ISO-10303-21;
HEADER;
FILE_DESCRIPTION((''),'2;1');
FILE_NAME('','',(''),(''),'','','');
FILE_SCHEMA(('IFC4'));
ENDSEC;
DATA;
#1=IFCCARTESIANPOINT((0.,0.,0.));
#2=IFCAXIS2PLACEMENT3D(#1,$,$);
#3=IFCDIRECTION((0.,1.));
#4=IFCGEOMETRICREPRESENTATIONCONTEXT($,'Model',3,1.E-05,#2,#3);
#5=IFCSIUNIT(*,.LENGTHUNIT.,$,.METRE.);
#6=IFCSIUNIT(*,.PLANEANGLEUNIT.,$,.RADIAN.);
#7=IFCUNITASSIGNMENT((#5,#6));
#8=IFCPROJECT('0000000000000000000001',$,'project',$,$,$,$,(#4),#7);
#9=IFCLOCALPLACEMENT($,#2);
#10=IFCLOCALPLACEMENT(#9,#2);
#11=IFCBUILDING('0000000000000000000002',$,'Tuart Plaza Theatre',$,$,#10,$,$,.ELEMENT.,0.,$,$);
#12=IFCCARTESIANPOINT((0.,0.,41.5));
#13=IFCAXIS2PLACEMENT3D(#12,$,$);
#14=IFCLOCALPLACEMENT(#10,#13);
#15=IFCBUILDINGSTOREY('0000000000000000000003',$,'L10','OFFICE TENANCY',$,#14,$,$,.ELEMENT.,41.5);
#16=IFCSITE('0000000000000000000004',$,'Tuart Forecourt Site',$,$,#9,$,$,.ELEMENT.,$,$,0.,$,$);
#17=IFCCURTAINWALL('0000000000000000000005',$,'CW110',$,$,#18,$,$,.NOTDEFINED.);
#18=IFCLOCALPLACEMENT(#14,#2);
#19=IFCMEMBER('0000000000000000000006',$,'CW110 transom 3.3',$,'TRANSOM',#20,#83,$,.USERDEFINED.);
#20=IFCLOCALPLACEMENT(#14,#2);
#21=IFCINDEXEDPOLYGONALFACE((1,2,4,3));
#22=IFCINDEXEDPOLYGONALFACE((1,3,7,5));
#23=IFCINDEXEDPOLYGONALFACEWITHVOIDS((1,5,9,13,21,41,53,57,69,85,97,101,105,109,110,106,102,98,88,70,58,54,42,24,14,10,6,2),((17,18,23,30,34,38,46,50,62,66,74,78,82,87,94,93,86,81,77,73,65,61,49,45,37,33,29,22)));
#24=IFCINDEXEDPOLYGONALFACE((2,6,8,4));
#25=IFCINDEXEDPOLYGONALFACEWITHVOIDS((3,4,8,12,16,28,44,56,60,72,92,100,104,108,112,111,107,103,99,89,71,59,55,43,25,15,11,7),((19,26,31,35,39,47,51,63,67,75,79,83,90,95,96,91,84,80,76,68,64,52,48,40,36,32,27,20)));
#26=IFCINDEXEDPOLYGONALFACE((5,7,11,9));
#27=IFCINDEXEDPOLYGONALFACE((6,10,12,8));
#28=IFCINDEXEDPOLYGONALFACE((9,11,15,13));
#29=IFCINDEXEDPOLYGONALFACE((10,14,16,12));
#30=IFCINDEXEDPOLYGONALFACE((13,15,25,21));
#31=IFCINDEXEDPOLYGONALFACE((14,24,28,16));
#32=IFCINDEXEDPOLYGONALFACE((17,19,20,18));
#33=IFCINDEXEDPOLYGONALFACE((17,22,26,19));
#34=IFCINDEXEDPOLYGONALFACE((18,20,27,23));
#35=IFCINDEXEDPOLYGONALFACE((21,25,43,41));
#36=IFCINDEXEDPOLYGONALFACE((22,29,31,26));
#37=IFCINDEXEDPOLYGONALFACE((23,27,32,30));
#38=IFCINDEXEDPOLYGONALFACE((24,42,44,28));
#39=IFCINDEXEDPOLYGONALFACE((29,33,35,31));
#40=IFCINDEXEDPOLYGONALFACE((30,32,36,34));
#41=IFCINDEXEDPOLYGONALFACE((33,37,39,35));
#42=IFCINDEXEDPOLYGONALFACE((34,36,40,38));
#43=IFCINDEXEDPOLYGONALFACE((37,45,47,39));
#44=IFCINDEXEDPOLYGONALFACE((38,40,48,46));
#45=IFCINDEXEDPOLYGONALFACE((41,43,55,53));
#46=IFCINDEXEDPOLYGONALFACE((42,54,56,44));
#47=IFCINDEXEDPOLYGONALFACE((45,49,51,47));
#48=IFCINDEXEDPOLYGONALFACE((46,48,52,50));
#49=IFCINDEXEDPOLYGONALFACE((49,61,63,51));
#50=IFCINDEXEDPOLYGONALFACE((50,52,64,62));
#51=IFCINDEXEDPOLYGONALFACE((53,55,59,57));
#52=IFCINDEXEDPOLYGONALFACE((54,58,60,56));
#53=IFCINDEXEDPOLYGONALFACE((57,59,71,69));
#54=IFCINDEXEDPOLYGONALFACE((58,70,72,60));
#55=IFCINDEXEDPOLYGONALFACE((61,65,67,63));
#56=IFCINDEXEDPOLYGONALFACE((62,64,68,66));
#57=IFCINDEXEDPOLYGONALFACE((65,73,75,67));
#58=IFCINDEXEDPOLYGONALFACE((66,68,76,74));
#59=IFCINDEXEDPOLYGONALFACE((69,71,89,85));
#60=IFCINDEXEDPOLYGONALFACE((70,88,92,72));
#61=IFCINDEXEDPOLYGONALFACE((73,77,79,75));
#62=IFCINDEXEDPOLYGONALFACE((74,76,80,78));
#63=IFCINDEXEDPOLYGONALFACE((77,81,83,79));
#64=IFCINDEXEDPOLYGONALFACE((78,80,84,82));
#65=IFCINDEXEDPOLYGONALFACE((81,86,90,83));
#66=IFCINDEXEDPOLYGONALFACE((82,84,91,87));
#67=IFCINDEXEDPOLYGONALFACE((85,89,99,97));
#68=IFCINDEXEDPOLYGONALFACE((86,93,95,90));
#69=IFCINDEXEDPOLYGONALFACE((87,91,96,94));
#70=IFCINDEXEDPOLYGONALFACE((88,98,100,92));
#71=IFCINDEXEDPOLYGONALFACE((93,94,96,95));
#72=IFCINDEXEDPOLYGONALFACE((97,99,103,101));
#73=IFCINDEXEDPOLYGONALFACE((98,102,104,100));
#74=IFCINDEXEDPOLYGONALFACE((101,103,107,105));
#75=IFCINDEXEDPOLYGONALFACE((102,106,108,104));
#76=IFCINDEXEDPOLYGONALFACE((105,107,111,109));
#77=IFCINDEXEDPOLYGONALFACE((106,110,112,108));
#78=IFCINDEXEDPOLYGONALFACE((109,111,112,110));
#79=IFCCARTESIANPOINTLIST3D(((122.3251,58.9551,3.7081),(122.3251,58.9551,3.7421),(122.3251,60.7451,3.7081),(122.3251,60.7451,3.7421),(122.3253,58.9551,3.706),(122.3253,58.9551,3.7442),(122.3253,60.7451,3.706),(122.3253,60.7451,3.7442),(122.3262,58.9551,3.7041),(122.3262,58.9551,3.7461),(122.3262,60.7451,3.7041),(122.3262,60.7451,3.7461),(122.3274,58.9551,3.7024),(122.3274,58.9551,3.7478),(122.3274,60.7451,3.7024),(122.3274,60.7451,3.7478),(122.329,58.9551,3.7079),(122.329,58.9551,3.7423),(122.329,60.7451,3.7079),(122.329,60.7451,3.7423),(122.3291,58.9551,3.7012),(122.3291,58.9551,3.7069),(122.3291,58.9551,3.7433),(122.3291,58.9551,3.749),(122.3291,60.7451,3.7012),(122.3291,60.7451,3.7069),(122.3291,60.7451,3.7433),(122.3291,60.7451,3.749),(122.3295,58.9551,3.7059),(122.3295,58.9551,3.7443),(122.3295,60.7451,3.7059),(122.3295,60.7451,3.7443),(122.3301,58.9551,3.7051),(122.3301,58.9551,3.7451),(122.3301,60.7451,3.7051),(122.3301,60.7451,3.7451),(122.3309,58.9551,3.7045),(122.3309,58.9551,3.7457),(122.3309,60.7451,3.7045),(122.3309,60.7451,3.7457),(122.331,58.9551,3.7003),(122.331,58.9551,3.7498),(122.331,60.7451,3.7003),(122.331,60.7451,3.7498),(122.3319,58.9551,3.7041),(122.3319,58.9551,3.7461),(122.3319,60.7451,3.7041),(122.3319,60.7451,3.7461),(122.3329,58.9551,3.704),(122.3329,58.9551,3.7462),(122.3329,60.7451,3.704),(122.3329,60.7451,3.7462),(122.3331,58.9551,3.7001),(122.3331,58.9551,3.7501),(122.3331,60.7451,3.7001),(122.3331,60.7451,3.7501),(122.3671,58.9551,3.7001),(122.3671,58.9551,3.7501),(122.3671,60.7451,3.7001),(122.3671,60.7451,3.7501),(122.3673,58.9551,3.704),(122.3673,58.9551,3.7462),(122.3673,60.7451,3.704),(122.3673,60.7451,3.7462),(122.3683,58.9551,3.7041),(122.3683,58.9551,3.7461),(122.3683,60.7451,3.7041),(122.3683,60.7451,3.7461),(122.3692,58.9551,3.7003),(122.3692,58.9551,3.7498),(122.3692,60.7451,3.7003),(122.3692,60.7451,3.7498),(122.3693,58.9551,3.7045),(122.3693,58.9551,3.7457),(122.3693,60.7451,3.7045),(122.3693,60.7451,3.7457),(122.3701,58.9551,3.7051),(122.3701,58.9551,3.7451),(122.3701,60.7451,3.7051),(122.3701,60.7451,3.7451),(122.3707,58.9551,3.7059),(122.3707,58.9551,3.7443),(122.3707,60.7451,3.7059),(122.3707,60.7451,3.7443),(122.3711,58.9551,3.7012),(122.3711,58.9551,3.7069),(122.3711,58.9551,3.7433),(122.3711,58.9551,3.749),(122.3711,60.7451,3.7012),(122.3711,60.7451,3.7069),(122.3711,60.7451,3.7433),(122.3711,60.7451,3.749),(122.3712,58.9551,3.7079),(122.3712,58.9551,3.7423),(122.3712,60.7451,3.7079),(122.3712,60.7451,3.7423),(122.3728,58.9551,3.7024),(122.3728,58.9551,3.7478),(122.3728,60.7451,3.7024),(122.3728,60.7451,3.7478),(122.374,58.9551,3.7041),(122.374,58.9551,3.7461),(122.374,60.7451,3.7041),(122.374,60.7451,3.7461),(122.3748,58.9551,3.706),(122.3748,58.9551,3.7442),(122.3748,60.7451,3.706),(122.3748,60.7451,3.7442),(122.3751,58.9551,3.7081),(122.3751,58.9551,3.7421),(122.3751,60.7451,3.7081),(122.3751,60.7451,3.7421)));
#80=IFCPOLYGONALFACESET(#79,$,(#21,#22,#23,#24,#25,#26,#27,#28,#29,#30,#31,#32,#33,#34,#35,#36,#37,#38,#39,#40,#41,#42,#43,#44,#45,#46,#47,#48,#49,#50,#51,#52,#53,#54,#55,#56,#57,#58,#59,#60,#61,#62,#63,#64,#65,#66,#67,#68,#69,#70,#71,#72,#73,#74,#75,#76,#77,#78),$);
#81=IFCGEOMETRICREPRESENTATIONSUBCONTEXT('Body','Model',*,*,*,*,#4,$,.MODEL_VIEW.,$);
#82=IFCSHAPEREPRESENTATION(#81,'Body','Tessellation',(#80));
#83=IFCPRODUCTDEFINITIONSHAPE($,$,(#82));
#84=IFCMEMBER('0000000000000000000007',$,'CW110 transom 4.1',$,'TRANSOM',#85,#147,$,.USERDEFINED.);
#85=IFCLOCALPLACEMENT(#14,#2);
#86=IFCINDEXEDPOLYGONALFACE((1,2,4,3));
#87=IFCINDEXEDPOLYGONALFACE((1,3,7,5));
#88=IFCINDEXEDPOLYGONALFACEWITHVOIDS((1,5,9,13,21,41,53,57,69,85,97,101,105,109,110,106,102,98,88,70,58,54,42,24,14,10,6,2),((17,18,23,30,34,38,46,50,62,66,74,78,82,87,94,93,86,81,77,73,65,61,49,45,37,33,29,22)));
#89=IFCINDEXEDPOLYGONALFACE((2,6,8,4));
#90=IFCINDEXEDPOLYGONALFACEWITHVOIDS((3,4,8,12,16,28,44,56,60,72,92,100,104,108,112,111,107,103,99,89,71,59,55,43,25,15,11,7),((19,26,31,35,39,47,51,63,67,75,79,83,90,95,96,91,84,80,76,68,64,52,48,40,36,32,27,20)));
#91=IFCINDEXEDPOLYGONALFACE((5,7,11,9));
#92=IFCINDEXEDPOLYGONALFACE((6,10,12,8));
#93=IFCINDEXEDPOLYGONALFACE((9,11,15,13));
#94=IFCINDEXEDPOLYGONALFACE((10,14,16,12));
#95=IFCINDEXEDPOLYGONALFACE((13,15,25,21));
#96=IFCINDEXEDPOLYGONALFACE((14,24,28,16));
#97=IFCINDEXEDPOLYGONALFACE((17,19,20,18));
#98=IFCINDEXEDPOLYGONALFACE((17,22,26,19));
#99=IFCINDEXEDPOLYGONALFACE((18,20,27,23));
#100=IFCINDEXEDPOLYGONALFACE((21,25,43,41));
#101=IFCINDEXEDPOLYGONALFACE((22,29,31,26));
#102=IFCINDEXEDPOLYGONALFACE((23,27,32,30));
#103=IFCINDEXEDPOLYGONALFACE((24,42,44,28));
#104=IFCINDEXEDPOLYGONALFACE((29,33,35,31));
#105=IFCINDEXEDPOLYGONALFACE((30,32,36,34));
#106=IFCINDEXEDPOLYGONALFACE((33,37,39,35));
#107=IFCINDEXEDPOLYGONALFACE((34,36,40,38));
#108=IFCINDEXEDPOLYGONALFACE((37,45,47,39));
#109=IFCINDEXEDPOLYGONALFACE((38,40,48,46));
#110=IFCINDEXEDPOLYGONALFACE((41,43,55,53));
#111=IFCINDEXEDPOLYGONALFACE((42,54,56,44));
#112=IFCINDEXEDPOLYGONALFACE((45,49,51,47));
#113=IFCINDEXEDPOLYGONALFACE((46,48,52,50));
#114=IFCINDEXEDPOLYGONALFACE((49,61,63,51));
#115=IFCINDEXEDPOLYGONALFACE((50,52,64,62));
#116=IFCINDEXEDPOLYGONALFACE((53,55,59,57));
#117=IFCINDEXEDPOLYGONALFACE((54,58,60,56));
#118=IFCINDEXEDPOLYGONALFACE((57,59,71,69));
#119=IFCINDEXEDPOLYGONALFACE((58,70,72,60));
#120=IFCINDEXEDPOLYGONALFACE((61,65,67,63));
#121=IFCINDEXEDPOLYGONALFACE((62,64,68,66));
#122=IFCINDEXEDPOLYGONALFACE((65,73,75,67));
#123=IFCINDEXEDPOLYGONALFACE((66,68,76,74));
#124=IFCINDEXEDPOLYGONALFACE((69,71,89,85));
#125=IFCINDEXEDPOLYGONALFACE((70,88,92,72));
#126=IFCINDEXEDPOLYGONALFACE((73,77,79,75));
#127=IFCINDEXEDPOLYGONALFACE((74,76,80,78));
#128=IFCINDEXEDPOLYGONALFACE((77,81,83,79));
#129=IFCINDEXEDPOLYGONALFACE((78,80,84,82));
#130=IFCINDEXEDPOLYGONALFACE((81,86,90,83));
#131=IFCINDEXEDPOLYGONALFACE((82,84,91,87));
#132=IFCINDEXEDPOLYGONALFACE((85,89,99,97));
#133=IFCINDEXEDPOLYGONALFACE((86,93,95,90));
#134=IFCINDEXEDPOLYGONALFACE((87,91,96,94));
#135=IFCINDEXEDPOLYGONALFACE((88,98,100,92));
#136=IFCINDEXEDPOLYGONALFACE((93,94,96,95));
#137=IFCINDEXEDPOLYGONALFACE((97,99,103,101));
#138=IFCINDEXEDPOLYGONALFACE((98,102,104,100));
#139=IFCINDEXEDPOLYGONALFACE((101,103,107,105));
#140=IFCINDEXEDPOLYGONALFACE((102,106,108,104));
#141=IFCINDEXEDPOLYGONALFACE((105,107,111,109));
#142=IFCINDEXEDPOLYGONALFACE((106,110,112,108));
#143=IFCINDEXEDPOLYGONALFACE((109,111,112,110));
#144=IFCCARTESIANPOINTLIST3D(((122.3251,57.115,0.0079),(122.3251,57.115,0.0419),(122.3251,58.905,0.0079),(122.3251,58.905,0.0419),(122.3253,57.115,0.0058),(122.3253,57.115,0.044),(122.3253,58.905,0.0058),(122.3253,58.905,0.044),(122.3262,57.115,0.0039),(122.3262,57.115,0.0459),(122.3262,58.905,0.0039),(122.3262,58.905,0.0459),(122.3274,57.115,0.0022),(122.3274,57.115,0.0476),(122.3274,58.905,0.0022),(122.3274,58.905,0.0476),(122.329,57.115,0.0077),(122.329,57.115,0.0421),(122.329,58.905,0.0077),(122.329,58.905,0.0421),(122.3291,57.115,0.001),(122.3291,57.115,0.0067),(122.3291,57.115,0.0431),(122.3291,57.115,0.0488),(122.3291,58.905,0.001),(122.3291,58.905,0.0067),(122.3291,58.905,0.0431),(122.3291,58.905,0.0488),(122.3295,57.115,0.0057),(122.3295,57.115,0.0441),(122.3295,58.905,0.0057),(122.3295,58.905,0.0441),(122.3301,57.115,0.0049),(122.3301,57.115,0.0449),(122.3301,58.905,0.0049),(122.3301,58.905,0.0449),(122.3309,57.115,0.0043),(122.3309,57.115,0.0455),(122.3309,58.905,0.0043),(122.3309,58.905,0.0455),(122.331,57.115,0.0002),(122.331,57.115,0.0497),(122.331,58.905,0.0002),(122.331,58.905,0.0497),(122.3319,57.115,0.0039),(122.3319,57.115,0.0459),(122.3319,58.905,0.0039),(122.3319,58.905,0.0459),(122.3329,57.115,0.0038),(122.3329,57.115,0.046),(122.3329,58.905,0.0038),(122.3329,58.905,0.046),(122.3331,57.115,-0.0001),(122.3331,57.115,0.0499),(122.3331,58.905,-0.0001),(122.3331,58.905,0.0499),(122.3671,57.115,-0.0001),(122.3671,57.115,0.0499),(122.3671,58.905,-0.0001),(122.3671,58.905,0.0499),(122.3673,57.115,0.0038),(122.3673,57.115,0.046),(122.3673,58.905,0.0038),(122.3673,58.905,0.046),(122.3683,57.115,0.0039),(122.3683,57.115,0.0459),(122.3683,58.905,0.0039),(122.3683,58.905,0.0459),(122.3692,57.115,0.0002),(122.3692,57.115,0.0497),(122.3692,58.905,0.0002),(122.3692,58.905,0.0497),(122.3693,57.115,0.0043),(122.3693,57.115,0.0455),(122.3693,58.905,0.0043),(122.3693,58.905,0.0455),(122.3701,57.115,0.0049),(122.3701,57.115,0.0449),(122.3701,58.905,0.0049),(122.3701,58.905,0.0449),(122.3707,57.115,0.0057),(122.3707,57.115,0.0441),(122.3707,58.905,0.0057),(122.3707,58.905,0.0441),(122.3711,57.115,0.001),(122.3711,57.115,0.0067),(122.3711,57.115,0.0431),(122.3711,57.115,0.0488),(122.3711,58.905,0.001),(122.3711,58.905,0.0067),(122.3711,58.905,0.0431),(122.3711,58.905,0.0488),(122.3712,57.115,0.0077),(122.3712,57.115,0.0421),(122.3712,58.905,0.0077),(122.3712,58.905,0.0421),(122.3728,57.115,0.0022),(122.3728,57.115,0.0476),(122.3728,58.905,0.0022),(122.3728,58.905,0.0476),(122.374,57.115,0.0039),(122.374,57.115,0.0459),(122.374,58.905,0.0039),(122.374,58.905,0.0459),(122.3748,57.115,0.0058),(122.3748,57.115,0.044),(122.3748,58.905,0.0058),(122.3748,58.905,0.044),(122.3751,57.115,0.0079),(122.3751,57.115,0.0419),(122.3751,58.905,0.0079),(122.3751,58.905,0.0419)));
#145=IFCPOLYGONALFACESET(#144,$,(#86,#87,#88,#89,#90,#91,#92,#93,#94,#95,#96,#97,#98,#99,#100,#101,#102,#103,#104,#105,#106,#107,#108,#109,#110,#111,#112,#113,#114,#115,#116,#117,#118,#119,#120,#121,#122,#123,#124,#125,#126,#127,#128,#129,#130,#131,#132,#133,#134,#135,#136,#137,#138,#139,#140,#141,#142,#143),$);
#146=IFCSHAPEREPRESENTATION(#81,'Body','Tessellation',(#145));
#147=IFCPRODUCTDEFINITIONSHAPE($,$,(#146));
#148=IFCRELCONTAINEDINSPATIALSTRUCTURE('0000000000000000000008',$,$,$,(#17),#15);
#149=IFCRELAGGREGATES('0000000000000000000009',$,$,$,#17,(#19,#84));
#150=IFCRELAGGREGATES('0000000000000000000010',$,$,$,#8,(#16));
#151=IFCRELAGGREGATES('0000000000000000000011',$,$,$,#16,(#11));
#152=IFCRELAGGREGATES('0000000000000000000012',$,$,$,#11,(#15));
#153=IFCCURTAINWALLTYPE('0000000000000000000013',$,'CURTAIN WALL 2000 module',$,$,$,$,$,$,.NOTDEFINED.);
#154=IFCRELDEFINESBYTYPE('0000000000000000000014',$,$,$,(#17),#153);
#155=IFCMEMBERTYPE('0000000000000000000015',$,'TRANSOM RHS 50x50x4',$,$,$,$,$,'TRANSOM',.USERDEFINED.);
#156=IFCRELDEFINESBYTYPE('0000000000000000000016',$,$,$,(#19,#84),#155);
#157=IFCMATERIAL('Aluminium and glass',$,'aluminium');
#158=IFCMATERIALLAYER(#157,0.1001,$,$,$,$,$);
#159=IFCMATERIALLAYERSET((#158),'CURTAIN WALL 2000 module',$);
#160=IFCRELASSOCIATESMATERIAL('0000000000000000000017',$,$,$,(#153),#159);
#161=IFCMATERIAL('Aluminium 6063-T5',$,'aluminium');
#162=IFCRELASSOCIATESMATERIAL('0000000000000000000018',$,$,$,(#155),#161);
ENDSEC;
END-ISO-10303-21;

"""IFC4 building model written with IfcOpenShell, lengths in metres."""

from ifc_helpers import new_model, si_unit, direction, frame, origin, origin_2d, place, context, subcontext, project, spatial, hollow_rectangle, extrude, material, layer, layer_set, material_profile, profile_set, type_object, element, aggregate, save


model = new_model("IFC4")

# Units and contexts
model_context = context("Model", 3, precision=1e-05, world=origin(), true_north=direction((0.0, 1.0)))
body_context = subcontext(model_context, "Body", "Model", "MODEL_VIEW")
ifc_project = project(units=[si_unit("LENGTHUNIT", "METRE"), si_unit("PLANEANGLEUNIT", "RADIAN")], contexts=[model_context])

# Site, building, storey
site_placement = place(None, origin())
site = spatial("IfcSite", under=ifc_project, at=site_placement, Name="Tuart Forecourt Site", CompositionType="ELEMENT", RefElevation=0.0)
building_placement = place(site_placement, origin())
building = spatial("IfcBuilding", under=site, at=building_placement, Name="Tuart Plaza Theatre", CompositionType="ELEMENT", ElevationOfRefHeight=0.0)
storey_placement = place(building_placement, frame((0.0, 0.0, 41.5)))
storey = spatial("IfcBuildingStorey", under=building, at=storey_placement, Name="L10", Description="OFFICE TENANCY", CompositionType="ELEMENT", Elevation=41.5)

# Curtain wall, members
ifc_material_1 = material(Name="Aluminium and glass", Category="aluminium")
ifc_layer_1 = layer(ifc_material_1, 0.1001)
ifc_layer_set_1 = layer_set([ifc_layer_1], Name="CURTAIN WALL 2000 module")
curtain_wall_type = type_object("IfcCurtainWallType", Name="CURTAIN WALL 2000 module", PredefinedType="NOTDEFINED", material=ifc_layer_set_1)
curtain_wall_placement = place(storey_placement, origin())
curtain_wall = element("IfcCurtainWall", 1, at=curtain_wall_placement, inside=storey, type_object=curtain_wall_type, Name="CW110", PredefinedType="NOTDEFINED")
ifc_material_2 = material(Name="Aluminium 6063-T5", Category="aluminium")
ifc_material_profile_1 = material_profile(ifc_material_2, hollow_rectangle(XDim=0.05, YDim=0.05, WallThickness=0.0039, InnerFilletRadius=0.0039, OuterFilletRadius=0.0081, at=origin_2d()), Name="RHS 50x50x4")
ifc_profile_set_1 = profile_set([ifc_material_profile_1], Name="Aluminium 6063-T5")
member_type_1 = type_object("IfcMemberType", Name="TRANSOM RHS 50x50x4", ElementType="TRANSOM", PredefinedType="USERDEFINED", material=ifc_profile_set_1)
member_1_placement = place(storey_placement, frame((122.3501, 60.7451, 3.7251), z_axis=(0.0, -1.0, 0.0), x_axis=(1.0, 0.0, 0.0)))
member_1 = element("IfcMember", 2, at=member_1_placement, type_object=member_type_1, Name="CW110 transom 3.3", ObjectType="TRANSOM", PredefinedType="USERDEFINED", context=body_context, shape_type="SweptSolid", body=[
    extrude(hollow_rectangle(XDim=0.05, YDim=0.05, WallThickness=0.0039, InnerFilletRadius=0.0039, OuterFilletRadius=0.0081, at=origin_2d()), origin(), (0.0, 0.0, 1.0), 1.79),
])
member_2_placement = place(storey_placement, frame((122.3501, 58.905, 0.0249), z_axis=(0.0, -1.0, 0.0), x_axis=(1.0, 0.0, 0.0)))
member_2 = element("IfcMember", 3, at=member_2_placement, type_object=member_type_1, Name="CW110 transom 4.1", ObjectType="TRANSOM", PredefinedType="USERDEFINED", context=body_context, shape_type="SweptSolid", body=[
    extrude(hollow_rectangle(XDim=0.05, YDim=0.05, WallThickness=0.0039, InnerFilletRadius=0.0039, OuterFilletRadius=0.0081, at=origin_2d()), origin(), (0.0, 0.0, 1.0), 1.79),
])
aggregate(curtain_wall, [member_1, member_2])

save(model, "model.ifc")
